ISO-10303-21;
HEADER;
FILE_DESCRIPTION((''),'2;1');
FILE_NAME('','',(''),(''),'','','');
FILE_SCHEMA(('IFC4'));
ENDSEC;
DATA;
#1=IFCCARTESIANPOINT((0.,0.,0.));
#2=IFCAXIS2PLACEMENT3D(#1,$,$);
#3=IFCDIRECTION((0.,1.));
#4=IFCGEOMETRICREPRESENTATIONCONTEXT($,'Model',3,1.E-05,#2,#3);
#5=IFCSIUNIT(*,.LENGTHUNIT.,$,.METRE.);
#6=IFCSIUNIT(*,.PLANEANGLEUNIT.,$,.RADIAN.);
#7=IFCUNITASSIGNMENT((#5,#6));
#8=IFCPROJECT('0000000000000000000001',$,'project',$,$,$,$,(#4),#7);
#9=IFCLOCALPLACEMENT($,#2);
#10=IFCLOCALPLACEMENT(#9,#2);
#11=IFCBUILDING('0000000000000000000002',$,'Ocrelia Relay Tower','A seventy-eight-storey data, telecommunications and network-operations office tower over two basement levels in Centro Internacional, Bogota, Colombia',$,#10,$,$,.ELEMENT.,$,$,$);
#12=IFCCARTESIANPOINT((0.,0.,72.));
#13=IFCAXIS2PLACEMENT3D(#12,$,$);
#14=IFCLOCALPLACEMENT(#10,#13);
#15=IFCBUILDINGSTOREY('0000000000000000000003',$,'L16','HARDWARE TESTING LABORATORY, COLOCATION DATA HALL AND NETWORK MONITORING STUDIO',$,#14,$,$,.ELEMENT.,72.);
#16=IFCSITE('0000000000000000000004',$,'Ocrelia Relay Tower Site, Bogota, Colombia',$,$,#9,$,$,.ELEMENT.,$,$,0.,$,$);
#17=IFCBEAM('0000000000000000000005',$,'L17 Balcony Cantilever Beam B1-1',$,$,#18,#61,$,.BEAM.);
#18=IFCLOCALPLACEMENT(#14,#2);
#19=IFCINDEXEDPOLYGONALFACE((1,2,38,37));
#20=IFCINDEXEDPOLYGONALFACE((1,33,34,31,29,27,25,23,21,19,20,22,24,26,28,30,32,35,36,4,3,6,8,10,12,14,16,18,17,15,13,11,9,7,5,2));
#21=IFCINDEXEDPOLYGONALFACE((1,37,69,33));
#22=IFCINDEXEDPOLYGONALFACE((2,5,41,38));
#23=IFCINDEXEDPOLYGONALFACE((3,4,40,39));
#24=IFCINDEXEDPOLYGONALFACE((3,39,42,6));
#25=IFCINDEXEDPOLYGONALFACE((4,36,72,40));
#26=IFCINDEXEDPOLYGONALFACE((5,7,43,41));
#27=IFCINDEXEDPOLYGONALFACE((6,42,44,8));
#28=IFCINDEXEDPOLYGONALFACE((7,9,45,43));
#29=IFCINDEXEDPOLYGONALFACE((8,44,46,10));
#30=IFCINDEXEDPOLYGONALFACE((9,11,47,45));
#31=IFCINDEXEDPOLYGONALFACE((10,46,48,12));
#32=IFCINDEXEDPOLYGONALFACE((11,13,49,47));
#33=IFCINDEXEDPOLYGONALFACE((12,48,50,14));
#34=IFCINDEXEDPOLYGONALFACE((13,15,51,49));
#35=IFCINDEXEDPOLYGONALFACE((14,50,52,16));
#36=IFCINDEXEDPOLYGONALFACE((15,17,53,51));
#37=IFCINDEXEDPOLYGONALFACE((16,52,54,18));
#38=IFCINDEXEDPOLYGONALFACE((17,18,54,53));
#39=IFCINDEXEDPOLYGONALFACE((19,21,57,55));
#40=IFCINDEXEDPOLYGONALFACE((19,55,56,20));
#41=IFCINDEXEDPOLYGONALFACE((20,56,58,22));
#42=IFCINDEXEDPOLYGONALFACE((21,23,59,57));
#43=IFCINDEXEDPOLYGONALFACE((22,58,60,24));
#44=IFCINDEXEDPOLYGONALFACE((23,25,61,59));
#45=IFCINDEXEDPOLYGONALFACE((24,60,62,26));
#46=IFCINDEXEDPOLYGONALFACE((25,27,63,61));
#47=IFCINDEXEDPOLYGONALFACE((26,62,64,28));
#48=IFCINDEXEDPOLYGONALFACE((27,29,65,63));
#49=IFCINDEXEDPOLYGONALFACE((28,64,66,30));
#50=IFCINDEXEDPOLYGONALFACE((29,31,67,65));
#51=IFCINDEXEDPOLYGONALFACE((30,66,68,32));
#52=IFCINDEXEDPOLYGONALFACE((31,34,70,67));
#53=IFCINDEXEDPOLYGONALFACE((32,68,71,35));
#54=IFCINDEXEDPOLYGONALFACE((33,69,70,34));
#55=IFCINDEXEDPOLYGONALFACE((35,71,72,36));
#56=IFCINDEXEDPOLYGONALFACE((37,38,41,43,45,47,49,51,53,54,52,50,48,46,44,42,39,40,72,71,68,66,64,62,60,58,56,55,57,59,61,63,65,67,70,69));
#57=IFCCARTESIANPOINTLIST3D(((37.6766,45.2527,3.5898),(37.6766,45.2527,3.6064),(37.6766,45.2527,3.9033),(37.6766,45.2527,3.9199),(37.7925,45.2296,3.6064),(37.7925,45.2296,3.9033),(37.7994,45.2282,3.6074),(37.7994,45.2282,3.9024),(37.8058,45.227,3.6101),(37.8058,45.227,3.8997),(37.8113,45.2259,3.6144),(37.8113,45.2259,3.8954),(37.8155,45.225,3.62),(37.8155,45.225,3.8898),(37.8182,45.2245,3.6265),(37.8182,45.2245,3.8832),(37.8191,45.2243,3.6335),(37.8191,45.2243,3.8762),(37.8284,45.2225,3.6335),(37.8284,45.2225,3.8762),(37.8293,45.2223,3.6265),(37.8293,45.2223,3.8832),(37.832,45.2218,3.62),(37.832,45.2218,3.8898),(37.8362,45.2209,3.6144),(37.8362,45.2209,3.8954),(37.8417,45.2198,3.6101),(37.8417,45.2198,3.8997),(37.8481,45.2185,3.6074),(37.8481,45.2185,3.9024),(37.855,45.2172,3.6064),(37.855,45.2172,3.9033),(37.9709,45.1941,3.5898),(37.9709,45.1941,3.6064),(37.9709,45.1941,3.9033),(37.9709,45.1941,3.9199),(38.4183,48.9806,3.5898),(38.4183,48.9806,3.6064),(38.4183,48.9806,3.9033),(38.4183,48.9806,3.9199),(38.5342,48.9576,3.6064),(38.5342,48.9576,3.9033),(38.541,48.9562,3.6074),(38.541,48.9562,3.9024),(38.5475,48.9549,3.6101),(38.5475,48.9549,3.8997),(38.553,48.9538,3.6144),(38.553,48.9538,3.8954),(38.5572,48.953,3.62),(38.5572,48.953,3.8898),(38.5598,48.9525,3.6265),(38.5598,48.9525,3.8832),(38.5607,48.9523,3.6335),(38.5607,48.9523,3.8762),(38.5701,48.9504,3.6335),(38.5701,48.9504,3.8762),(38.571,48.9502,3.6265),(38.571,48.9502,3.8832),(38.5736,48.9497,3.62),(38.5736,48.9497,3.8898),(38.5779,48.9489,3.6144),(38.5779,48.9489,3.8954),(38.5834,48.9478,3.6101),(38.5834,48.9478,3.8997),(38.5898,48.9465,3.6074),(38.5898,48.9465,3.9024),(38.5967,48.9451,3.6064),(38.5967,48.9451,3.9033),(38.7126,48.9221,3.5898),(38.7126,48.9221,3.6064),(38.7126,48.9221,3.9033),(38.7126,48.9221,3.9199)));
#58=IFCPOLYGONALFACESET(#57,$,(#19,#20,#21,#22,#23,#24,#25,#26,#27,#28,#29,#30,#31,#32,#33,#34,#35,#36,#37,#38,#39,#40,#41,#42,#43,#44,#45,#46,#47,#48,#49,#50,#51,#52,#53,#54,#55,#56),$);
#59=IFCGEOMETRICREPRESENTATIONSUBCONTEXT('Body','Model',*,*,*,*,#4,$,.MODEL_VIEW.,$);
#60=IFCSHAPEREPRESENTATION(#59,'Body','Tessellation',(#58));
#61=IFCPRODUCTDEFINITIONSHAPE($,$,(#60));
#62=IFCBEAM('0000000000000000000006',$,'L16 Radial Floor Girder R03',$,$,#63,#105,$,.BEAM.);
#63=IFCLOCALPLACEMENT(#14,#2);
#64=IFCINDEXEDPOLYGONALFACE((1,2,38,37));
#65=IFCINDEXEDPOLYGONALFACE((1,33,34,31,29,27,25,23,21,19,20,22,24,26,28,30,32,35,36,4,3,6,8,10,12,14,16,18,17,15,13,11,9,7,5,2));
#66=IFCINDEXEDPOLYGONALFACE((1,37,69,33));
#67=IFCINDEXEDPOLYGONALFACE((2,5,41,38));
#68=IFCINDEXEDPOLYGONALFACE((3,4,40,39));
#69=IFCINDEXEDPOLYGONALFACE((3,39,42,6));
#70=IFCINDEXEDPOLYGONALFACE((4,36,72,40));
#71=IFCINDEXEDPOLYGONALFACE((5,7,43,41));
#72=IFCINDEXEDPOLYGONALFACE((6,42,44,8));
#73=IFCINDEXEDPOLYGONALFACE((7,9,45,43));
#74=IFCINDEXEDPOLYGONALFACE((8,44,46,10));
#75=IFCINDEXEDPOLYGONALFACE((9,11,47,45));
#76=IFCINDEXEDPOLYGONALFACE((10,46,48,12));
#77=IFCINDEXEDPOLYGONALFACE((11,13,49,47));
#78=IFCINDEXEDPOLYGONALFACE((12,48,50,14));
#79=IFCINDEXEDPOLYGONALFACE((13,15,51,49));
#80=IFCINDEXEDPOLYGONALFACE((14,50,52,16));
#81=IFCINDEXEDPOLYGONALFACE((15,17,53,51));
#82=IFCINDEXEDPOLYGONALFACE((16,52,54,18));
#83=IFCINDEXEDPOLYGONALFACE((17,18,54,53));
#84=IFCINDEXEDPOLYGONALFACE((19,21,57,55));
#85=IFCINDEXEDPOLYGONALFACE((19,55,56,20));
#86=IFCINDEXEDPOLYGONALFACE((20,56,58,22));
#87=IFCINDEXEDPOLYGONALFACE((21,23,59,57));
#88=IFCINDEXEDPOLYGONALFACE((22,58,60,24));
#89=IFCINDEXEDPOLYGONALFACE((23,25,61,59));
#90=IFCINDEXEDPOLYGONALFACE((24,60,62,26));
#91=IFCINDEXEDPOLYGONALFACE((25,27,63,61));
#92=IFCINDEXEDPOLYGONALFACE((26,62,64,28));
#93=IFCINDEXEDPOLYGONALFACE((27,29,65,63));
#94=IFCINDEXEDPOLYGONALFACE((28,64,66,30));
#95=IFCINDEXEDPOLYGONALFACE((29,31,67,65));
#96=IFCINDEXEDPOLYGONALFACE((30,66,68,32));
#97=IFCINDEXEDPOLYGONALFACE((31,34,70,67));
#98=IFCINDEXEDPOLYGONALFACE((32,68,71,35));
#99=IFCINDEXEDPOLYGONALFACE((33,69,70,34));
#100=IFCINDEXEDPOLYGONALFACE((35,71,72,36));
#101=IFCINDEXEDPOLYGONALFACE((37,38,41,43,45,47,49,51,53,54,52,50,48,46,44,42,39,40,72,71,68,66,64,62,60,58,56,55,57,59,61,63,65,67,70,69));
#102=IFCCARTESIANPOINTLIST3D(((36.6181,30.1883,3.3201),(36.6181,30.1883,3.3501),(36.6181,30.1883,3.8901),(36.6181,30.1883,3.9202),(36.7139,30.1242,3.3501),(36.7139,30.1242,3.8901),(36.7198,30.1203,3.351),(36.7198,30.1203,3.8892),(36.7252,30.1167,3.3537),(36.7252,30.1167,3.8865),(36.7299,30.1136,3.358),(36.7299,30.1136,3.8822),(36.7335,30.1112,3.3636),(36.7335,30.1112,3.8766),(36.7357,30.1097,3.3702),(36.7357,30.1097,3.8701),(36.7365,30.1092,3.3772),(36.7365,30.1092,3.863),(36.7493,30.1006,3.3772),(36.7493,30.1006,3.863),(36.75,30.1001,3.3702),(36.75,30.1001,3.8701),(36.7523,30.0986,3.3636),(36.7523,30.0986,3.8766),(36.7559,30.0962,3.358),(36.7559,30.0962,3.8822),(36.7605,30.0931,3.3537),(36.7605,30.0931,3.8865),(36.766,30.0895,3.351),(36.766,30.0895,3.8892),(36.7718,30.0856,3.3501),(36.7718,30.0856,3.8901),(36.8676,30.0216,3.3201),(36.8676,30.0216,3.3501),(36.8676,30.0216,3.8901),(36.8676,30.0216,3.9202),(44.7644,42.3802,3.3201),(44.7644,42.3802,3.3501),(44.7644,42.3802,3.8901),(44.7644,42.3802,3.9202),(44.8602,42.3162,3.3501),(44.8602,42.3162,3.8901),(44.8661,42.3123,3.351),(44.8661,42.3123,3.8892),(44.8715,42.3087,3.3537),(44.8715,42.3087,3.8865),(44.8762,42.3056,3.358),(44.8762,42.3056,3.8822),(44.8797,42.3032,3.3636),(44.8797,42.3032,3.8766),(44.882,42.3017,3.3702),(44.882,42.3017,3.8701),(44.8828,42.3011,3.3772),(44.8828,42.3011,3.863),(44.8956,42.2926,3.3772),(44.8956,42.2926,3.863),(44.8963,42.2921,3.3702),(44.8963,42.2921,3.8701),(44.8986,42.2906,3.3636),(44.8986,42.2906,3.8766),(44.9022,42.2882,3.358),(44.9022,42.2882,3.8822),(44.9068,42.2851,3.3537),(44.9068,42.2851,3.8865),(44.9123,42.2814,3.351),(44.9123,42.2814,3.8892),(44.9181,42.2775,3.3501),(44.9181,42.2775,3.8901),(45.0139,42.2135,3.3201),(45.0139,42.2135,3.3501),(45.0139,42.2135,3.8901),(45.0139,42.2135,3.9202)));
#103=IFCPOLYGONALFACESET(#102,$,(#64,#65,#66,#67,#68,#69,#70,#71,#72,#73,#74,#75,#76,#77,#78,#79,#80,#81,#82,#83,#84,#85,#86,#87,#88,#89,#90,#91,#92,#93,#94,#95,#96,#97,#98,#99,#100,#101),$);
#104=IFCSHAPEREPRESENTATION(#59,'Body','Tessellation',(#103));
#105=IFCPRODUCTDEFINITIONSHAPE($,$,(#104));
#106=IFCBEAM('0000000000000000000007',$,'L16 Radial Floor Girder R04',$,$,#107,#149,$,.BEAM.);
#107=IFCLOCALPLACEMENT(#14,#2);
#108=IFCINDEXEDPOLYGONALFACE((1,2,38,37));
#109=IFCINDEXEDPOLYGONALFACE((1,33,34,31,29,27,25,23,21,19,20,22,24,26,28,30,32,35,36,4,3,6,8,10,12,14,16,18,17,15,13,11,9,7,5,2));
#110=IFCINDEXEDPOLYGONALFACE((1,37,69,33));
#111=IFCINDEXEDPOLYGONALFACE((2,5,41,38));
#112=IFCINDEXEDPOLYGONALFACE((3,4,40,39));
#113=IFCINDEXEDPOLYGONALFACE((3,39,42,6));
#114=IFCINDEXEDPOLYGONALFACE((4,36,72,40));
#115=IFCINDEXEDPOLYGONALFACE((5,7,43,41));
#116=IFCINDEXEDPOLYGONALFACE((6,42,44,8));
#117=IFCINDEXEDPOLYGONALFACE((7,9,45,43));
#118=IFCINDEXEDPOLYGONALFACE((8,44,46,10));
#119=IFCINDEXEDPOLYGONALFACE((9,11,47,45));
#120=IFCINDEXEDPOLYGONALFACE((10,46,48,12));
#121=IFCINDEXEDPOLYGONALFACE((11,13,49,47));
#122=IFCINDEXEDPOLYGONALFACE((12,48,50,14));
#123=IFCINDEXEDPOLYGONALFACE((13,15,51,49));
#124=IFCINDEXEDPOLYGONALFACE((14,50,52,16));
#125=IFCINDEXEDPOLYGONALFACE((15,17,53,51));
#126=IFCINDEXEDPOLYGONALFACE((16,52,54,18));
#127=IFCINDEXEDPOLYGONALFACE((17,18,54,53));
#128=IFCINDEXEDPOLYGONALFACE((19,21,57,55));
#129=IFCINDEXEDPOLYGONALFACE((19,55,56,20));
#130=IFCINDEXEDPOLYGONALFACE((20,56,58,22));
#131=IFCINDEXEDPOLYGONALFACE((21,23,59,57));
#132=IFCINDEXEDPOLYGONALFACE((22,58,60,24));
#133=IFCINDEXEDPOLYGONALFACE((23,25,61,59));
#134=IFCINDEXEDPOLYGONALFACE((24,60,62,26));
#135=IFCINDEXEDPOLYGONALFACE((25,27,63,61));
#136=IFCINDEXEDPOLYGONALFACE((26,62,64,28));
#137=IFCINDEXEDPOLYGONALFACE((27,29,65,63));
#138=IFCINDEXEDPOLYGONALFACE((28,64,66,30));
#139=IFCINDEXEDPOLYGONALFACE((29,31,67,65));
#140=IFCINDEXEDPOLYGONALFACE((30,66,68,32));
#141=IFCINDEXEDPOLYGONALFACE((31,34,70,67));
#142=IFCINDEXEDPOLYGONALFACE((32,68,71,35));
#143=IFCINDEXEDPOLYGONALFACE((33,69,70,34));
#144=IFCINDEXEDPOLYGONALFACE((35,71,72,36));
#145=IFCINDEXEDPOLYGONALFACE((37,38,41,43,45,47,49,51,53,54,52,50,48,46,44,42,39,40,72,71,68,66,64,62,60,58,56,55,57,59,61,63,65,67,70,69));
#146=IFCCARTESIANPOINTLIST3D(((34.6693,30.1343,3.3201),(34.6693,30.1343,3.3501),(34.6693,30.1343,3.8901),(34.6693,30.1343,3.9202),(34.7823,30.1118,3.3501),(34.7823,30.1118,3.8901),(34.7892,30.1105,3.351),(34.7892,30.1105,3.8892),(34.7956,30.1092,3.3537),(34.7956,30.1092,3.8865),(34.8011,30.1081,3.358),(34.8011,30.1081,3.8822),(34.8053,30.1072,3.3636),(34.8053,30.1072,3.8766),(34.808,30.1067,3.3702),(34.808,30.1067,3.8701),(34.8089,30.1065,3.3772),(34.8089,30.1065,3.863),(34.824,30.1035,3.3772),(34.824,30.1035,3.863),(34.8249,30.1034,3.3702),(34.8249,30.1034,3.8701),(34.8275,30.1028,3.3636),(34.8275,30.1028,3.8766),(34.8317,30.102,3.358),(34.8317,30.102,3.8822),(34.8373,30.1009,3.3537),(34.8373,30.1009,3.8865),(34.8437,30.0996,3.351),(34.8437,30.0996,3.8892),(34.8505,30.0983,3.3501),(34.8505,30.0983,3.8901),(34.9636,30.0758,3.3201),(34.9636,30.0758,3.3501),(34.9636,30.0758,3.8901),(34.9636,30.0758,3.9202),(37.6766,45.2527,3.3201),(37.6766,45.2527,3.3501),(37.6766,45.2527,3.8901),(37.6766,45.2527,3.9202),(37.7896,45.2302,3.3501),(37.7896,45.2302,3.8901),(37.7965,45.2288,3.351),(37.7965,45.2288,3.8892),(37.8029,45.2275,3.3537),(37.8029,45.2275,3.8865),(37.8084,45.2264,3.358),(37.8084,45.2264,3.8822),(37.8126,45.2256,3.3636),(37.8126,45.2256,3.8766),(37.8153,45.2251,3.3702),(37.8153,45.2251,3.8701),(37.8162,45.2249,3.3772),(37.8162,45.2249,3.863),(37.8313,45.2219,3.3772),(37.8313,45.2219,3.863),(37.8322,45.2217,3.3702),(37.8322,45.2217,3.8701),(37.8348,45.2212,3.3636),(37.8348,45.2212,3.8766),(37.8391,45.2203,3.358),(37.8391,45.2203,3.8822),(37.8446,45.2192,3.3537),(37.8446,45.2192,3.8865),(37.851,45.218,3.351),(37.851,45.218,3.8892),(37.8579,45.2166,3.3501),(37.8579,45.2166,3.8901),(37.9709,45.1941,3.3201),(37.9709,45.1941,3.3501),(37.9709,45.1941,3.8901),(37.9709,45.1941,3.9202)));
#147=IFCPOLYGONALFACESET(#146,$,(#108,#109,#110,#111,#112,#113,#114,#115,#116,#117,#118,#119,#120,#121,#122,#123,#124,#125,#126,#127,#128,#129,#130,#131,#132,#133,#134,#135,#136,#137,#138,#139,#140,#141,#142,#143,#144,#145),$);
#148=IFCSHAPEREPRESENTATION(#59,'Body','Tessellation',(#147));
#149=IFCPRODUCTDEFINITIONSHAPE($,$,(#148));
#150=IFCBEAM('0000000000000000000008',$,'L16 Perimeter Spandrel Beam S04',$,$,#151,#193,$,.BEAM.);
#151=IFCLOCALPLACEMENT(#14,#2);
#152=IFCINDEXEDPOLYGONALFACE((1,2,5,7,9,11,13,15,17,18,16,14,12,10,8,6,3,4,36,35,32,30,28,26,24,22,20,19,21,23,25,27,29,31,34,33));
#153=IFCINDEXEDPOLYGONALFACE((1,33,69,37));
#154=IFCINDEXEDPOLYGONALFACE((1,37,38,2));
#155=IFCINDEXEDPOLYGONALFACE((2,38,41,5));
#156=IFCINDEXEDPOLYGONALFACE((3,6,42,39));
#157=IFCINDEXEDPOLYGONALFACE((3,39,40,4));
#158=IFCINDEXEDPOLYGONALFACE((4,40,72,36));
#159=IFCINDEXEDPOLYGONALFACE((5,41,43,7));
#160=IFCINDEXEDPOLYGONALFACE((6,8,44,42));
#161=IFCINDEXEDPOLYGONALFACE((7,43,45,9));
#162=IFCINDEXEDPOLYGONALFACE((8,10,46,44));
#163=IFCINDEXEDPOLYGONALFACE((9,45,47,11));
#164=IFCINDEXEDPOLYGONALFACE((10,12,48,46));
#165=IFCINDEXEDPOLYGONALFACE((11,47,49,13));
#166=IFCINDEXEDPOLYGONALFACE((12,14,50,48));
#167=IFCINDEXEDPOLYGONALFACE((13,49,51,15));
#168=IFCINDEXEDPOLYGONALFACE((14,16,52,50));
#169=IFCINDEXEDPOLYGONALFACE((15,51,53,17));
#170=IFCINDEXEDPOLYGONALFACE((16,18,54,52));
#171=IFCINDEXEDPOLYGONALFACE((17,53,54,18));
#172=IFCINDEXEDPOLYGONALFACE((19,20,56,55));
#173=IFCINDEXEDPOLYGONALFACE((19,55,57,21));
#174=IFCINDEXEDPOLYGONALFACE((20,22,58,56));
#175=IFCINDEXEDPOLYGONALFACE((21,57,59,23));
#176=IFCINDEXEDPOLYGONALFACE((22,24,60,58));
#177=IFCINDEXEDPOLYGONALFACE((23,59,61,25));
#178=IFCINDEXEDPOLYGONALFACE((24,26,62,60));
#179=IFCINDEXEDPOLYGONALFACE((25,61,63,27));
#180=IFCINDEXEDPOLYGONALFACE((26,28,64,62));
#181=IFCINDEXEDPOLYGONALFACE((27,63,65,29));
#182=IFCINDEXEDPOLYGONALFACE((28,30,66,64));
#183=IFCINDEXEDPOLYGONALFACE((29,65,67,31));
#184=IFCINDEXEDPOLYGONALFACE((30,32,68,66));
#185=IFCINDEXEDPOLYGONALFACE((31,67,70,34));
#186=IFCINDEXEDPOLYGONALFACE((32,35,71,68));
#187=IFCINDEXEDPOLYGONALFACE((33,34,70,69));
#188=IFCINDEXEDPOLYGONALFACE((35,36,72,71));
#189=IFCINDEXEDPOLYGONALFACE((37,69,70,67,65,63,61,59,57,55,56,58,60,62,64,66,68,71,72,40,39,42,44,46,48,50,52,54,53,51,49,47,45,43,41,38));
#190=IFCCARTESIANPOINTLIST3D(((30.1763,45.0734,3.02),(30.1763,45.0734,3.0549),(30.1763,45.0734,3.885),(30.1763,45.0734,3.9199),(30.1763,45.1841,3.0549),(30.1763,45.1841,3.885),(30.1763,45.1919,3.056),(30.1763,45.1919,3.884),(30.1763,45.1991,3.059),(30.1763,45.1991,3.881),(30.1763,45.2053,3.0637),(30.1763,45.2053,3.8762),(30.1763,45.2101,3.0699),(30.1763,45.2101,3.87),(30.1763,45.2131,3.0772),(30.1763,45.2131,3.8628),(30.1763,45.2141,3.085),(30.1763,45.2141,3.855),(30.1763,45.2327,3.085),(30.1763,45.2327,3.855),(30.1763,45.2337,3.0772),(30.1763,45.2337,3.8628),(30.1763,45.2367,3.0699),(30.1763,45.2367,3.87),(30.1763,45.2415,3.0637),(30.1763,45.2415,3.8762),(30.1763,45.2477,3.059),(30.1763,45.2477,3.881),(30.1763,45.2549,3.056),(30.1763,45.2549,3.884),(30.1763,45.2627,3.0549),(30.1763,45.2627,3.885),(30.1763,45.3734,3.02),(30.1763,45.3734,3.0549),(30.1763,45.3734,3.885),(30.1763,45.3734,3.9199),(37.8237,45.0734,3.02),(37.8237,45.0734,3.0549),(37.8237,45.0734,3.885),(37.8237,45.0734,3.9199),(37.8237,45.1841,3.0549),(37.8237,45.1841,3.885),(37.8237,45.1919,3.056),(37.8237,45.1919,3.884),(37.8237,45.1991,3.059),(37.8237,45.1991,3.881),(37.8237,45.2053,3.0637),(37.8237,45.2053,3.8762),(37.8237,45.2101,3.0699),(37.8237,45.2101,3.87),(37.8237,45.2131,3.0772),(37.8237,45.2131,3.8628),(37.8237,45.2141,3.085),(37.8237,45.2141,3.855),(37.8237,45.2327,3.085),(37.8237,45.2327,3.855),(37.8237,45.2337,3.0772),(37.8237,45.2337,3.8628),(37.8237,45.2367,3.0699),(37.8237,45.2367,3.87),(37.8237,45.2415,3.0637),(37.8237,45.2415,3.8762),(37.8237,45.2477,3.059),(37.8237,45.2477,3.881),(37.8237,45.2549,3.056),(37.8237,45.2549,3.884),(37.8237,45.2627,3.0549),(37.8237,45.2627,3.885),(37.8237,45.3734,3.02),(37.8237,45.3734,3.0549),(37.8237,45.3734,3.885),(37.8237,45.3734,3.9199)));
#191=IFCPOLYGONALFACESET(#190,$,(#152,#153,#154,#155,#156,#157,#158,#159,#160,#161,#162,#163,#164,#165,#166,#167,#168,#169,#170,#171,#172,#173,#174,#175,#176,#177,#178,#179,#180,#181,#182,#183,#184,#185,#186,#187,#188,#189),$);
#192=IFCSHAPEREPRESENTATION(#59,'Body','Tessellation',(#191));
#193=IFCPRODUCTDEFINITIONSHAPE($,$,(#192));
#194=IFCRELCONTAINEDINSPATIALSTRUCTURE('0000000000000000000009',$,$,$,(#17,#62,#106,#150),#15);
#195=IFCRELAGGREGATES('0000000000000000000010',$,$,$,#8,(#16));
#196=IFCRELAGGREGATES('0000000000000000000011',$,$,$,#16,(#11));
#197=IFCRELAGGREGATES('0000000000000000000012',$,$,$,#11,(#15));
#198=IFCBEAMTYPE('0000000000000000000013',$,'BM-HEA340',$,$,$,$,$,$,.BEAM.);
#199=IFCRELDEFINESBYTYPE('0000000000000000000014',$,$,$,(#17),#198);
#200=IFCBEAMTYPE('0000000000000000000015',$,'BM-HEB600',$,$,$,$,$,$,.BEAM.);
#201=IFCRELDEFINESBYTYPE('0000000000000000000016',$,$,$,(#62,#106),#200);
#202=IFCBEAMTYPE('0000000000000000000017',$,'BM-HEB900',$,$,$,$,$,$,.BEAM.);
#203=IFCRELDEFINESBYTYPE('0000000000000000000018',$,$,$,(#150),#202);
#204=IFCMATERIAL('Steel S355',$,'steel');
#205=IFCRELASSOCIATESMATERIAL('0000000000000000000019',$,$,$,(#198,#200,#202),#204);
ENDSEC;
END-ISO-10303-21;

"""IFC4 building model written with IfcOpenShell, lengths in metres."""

from ifc_helpers import new_model, si_unit, direction, frame, origin, origin_2d, place, context, subcontext, project, spatial, i_section, extrude, material, material_profile, profile_set, type_object, element, save


model = new_model("IFC4")

# Units and contexts
model_context = context("Model", 3, precision=1e-05, world=origin(), true_north=direction((0.0, 1.0)))
body_context = subcontext(model_context, "Body", "Model", "MODEL_VIEW")
ifc_project = project(units=[si_unit("LENGTHUNIT", "METRE"), si_unit("PLANEANGLEUNIT", "RADIAN")], contexts=[model_context])

# Site, building, storey
site_placement = place(None, origin())
site = spatial("IfcSite", under=ifc_project, at=site_placement, Name="Ocrelia Relay Tower Site, Bogota, Colombia", CompositionType="ELEMENT", RefElevation=0.0)
building_placement = place(site_placement, origin())
building = spatial("IfcBuilding", under=site, at=building_placement, Name="Ocrelia Relay Tower", Description="A seventy-eight-storey data, telecommunications and network-operations office tower over two basement levels in Centro Internacional, Bogota, Colombia", CompositionType="ELEMENT")
storey_placement = place(building_placement, frame((0.0, 0.0, 72.0)))
storey = spatial("IfcBuildingStorey", under=building, at=storey_placement, Name="L16", Description="HARDWARE TESTING LABORATORY, COLOCATION DATA HALL AND NETWORK MONITORING STUDIO", CompositionType="ELEMENT", Elevation=72.0)

# Beams
ifc_material_1 = material(Name="Steel S355", Category="steel")
ifc_material_profile_1 = material_profile(ifc_material_1, i_section(OverallWidth=0.3, OverallDepth=0.3301, WebThickness=0.0095, FlangeThickness=0.0166, FilletRadius=0.0271, at=origin_2d()), Name="HEA 340")
ifc_profile_set_1 = profile_set([ifc_material_profile_1], Name="Steel S355")
beam_type_1 = type_object("IfcBeamType", Name="BM-HEA340", PredefinedType="BEAM", material=ifc_profile_set_1)
beam_1_placement = place(storey_placement, frame((37.8237, 45.2234, 3.7549), z_axis=(0.195128, 0.980778, 0.0), x_axis=(-0.980778, 0.195128, 0.0)))
element("IfcBeam", 1, at=beam_1_placement, inside=storey, type_object=beam_type_1, Name="L17 Balcony Cantilever Beam B1-1", PredefinedType="BEAM", context=body_context, shape_type="SweptSolid", body=[
    extrude(i_section(OverallWidth=0.3, OverallDepth=0.3301, WebThickness=0.0095, FlangeThickness=0.0166, FilletRadius=0.0271, at=origin_2d()), origin(), (0.0, 0.0, 1.0), 3.801),
])
ifc_material_profile_2 = material_profile(ifc_material_1, i_section(OverallWidth=0.3, OverallDepth=0.6001, WebThickness=0.0154, FlangeThickness=0.03, FilletRadius=0.0271, at=origin_2d()), Name="HEB 600")
ifc_profile_set_2 = profile_set([ifc_material_profile_2], Name="Steel S355")
beam_type_2 = type_object("IfcBeamType", Name="BM-HEB600", PredefinedType="BEAM", material=ifc_profile_set_2)
beam_2_placement = place(storey_placement, frame((44.8892, 42.2969, 3.6201), z_axis=(-0.555564, -0.831473, 0.0), x_axis=(0.831473, -0.555564, 0.0)))
element("IfcBeam", 2, at=beam_2_placement, inside=storey, type_object=beam_type_2, Name="L16 Radial Floor Girder R03", PredefinedType="BEAM", context=body_context, shape_type="SweptSolid", body=[
    extrude(i_section(OverallWidth=0.3, OverallDepth=0.6001, WebThickness=0.0154, FlangeThickness=0.03, FilletRadius=0.0271, at=origin_2d()), origin(), (0.0, 0.0, 1.0), 14.6631),
])
beam_3_placement = place(storey_placement, frame((37.8237, 45.2234, 3.6201), z_axis=(-0.195096, -0.980784, 0.0), x_axis=(0.980784, -0.195096, 0.0)))
element("IfcBeam", 3, at=beam_3_placement, inside=storey, type_object=beam_type_2, Name="L16 Radial Floor Girder R04", PredefinedType="BEAM", context=body_context, shape_type="SweptSolid", body=[
    extrude(i_section(OverallWidth=0.3, OverallDepth=0.6001, WebThickness=0.0154, FlangeThickness=0.03, FilletRadius=0.0271, at=origin_2d()), origin(), (0.0, 0.0, 1.0), 15.4146),
])
ifc_material_profile_3 = material_profile(ifc_material_1, i_section(OverallWidth=0.3, OverallDepth=0.8999, WebThickness=0.0186, FlangeThickness=0.0349, FilletRadius=0.03, at=origin_2d()), Name="HEB 900")
ifc_profile_set_3 = profile_set([ifc_material_profile_3], Name="Steel S355")
beam_type_3 = type_object("IfcBeamType", Name="BM-HEB900", PredefinedType="BEAM", material=ifc_profile_set_3)
beam_4_placement = place(storey_placement, frame((37.8237, 45.2234, 3.47), z_axis=(-1.0, 0.0, 0.0), x_axis=(0.0, -1.0, 0.0)))
element("IfcBeam", 4, at=beam_4_placement, inside=storey, type_object=beam_type_3, Name="L16 Perimeter Spandrel Beam S04", PredefinedType="BEAM", context=body_context, shape_type="SweptSolid", body=[
    extrude(i_section(OverallWidth=0.3, OverallDepth=0.8999, WebThickness=0.0186, FlangeThickness=0.0349, FilletRadius=0.03, at=origin_2d()), origin(), (0.0, 0.0, 1.0), 7.6475),
])

save(model, "model.ifc")
